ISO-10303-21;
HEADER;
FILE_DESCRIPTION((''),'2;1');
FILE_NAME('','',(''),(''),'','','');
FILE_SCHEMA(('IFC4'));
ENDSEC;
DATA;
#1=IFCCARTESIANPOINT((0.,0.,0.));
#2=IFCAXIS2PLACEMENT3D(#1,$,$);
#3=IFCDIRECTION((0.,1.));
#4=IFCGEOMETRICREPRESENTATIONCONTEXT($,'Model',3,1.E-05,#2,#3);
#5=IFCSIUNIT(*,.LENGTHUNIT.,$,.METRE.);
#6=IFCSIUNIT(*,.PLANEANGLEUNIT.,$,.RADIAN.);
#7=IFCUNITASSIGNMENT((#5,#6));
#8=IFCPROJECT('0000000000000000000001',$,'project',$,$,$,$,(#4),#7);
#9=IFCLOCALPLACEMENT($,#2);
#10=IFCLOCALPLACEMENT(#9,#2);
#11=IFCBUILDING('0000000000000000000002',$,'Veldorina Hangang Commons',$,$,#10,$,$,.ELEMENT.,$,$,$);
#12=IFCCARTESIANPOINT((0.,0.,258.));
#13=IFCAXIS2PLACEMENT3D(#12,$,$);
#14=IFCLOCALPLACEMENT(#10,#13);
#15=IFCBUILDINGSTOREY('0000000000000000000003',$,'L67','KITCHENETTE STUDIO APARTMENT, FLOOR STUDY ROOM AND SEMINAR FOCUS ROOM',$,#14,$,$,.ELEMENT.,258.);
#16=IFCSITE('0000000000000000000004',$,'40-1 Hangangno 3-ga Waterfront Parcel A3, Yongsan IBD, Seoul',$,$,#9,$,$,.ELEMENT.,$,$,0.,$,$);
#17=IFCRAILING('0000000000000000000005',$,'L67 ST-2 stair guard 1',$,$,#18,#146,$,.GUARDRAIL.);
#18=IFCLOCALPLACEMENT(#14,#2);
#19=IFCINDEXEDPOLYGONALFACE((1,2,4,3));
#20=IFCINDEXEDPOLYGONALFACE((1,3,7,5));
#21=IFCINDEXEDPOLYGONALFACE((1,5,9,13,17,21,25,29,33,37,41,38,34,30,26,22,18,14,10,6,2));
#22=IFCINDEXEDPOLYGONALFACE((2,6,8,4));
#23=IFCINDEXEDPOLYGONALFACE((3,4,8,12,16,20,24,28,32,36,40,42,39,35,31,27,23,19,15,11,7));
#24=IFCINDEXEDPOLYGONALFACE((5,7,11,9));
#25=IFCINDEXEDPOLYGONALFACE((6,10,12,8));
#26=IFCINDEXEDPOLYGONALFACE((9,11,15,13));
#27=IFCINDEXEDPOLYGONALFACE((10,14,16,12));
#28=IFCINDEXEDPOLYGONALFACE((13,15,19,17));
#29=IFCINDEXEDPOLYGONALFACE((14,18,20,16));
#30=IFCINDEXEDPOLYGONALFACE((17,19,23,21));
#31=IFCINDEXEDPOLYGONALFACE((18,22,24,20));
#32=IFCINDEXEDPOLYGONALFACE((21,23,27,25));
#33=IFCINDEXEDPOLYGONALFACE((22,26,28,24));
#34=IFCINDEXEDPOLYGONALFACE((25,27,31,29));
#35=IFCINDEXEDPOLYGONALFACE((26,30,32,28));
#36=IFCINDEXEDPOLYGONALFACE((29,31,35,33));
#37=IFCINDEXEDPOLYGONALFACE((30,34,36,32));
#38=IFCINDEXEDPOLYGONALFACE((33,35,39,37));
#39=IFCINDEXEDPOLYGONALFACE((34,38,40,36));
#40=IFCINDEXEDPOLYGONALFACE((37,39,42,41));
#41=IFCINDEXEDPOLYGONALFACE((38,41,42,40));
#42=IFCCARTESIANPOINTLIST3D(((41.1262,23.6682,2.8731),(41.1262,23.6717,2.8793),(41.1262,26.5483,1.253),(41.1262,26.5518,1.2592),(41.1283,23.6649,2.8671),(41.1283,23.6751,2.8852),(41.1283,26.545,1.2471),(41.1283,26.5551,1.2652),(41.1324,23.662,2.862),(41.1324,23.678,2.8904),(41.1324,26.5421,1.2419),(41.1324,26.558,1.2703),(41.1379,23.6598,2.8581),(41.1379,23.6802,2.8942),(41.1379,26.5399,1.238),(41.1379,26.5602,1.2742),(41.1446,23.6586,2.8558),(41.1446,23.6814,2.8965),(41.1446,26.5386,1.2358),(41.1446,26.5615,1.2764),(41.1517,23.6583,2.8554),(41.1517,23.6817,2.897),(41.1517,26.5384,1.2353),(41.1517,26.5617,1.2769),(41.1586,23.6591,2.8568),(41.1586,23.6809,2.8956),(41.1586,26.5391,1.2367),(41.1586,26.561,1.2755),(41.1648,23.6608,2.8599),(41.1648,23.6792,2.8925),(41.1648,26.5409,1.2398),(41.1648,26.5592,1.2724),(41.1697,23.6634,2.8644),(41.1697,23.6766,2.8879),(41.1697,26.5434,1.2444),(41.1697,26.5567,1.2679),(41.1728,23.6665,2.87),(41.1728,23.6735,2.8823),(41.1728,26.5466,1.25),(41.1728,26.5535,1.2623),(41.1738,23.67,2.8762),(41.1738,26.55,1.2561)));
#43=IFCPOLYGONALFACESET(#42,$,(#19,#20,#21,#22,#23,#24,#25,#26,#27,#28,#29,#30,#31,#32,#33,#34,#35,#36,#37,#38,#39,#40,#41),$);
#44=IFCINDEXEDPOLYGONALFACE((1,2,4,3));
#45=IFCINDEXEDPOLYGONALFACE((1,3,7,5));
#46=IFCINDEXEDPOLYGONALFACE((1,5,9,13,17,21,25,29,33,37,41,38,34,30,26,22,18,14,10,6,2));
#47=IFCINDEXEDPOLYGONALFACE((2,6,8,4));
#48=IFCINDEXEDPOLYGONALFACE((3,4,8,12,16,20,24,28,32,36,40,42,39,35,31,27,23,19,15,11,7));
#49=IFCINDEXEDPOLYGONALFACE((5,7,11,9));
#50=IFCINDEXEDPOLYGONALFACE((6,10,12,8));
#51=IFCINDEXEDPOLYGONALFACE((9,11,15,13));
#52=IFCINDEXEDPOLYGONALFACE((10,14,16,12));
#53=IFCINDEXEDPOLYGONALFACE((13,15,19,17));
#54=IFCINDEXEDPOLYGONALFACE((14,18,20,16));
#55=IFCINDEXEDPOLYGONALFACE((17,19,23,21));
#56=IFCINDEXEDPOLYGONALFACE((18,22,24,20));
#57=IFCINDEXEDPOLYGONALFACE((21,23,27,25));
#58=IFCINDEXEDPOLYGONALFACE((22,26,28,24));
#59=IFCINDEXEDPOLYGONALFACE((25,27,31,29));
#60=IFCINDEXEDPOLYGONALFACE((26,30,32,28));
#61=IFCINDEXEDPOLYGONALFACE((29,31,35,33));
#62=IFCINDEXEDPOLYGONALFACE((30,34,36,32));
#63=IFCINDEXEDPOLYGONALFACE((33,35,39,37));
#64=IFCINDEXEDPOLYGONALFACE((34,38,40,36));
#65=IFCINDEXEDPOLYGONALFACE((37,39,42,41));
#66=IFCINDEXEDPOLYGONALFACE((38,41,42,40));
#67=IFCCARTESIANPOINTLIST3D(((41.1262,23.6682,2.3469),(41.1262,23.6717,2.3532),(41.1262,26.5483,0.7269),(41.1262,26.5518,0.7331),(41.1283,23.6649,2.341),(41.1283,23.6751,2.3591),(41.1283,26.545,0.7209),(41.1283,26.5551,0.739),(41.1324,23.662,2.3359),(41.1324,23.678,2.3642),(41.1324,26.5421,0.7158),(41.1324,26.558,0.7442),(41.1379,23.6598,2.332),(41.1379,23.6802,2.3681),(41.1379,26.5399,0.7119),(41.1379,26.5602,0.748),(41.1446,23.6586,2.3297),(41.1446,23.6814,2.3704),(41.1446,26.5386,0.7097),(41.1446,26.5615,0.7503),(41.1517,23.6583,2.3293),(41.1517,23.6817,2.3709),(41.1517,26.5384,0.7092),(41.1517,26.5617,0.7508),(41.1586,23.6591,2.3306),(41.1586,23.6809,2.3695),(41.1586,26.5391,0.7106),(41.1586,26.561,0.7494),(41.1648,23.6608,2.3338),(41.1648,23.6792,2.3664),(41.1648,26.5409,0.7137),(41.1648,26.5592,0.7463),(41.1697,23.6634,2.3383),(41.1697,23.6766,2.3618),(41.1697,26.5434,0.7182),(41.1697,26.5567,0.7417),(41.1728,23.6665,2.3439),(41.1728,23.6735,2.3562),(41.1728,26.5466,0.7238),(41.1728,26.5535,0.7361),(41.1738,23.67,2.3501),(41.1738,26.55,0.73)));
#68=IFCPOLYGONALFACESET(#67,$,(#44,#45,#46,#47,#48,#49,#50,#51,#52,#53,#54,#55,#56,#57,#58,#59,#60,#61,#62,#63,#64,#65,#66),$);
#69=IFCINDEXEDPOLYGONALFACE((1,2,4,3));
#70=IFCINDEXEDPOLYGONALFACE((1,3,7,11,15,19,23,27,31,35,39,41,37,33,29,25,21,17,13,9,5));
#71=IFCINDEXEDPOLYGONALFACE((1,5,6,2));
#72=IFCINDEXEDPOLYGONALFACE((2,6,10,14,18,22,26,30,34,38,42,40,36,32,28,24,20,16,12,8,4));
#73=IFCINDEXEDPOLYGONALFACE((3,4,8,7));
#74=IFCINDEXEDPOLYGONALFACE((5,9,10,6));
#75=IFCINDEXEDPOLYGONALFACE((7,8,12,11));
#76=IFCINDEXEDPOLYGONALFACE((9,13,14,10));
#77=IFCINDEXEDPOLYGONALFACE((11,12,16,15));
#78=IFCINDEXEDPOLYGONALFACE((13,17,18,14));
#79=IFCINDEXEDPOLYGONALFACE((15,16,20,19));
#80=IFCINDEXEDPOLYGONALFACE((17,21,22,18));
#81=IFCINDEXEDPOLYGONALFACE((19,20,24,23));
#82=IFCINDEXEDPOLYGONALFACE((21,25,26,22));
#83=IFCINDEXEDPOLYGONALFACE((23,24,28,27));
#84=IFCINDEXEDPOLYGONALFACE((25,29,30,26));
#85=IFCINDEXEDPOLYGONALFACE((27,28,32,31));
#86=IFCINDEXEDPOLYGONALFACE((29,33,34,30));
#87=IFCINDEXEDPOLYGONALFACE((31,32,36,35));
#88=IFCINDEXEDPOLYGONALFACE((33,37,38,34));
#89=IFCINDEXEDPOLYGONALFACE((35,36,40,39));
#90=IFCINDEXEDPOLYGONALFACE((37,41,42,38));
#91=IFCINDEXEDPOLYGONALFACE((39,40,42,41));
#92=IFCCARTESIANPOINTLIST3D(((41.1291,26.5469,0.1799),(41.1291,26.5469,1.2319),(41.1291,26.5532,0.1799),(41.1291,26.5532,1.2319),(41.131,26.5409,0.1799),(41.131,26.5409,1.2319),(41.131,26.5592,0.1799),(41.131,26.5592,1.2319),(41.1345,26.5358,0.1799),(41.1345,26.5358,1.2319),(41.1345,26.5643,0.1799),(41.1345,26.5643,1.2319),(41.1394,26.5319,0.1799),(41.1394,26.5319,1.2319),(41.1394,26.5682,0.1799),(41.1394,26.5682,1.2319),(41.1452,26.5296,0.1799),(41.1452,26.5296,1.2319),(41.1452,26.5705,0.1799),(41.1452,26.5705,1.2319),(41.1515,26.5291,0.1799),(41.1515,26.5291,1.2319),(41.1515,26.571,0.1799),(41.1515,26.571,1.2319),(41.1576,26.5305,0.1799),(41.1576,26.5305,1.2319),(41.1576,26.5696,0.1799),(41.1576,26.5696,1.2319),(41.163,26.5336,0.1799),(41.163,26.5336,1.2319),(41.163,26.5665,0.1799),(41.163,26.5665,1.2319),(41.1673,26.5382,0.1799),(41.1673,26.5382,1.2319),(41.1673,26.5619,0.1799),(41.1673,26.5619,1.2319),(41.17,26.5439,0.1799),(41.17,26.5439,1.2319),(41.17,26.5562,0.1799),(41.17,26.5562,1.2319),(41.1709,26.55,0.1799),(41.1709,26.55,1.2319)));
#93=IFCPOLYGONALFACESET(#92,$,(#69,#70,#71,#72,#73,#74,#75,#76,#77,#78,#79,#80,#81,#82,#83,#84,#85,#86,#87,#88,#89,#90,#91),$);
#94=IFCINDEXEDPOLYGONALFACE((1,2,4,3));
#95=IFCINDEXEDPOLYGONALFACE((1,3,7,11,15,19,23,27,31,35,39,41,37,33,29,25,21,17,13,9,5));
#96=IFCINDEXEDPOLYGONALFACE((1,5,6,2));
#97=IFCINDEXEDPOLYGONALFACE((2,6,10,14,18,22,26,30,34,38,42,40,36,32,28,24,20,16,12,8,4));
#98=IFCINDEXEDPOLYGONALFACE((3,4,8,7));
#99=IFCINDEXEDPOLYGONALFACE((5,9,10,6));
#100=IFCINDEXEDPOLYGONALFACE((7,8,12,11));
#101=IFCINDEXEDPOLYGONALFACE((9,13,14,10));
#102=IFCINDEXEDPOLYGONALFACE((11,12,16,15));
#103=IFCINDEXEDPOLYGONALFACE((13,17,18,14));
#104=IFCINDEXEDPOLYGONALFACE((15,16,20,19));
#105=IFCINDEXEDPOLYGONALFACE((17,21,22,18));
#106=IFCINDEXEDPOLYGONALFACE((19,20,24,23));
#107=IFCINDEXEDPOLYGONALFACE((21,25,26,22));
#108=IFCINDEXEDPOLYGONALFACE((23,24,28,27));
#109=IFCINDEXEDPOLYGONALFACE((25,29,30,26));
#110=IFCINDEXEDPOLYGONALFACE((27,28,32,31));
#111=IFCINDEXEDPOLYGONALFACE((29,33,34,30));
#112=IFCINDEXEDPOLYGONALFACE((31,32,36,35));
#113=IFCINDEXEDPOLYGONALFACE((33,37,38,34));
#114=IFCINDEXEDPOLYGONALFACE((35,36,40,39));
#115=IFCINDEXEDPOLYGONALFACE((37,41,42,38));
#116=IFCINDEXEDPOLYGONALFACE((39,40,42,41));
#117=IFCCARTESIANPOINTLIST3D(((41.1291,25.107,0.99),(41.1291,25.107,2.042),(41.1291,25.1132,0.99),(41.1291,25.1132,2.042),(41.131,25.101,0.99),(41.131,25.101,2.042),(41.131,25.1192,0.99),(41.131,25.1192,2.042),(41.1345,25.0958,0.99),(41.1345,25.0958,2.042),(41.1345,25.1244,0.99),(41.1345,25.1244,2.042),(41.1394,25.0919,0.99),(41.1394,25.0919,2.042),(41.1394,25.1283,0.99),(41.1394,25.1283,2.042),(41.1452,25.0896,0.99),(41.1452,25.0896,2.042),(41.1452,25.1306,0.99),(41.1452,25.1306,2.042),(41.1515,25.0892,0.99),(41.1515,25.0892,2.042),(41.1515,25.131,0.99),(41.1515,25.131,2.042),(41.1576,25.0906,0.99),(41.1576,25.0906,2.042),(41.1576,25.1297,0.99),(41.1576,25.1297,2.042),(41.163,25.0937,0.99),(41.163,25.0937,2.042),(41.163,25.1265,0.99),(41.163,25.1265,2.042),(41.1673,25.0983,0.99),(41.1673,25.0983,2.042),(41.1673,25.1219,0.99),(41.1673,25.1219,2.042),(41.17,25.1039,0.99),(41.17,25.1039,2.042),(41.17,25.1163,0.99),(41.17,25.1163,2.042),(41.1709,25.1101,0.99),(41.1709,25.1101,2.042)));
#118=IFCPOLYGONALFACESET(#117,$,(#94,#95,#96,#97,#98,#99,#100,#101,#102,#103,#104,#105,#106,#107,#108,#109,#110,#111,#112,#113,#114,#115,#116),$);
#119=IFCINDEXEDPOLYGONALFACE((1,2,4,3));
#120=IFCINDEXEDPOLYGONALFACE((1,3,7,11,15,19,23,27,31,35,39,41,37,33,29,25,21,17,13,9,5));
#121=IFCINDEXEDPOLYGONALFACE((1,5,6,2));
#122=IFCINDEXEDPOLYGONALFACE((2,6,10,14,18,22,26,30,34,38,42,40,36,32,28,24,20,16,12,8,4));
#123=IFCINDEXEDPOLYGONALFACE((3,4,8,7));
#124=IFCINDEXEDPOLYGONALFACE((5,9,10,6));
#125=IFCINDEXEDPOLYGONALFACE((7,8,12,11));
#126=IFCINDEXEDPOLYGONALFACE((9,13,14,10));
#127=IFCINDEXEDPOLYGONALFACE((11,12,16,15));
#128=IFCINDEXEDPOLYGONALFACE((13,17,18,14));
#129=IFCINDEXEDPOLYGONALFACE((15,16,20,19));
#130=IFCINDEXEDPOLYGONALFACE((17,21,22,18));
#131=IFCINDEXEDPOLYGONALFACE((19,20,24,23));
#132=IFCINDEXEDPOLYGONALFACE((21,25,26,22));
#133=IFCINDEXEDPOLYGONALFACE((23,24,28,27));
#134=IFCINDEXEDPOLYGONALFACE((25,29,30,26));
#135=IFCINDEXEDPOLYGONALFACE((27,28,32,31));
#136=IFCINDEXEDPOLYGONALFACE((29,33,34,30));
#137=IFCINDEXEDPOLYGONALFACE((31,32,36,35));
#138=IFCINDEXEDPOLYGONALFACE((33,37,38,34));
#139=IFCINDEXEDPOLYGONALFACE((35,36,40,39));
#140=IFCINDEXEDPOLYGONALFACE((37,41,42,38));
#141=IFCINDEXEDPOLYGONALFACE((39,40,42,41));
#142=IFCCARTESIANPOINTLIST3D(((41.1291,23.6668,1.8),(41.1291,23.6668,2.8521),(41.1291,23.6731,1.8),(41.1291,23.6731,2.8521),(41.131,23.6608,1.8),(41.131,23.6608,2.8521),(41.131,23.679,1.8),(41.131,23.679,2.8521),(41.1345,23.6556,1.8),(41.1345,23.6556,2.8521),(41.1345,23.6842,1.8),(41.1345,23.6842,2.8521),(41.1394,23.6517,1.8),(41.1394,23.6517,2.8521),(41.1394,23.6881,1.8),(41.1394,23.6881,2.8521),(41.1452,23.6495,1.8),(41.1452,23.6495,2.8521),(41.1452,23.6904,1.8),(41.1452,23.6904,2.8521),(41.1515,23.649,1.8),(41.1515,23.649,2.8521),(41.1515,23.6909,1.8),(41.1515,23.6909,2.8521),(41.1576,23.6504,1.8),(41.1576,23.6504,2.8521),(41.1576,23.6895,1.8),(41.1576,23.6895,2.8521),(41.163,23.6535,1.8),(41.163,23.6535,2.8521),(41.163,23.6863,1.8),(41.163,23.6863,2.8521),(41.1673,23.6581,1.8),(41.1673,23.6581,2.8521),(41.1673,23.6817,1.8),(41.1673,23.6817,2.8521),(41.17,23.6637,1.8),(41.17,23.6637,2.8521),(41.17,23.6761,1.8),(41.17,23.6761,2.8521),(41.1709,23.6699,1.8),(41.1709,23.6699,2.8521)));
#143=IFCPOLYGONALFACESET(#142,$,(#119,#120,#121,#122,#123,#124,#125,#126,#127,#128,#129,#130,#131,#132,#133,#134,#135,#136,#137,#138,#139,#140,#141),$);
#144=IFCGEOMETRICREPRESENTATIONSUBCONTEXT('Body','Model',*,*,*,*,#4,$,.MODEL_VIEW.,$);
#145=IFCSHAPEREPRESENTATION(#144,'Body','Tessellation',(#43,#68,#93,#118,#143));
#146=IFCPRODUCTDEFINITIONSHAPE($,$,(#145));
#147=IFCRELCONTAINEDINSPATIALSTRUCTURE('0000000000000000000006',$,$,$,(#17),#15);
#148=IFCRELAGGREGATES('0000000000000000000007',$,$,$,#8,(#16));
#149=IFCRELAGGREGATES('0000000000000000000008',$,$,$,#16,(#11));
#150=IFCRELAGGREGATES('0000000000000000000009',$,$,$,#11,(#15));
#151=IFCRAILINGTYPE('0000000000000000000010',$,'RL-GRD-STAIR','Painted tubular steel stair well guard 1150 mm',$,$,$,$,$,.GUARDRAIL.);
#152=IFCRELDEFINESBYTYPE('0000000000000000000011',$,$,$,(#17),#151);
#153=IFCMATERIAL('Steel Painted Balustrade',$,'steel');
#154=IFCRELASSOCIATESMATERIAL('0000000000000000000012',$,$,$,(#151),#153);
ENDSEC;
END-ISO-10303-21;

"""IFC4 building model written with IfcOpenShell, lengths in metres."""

from ifc_helpers import new_model, si_unit, direction, frame, origin, origin_2d, place, context, subcontext, project, spatial, circle, extrude, material, type_object, element, save


model = new_model("IFC4")

# Units and contexts
model_context = context("Model", 3, precision=1e-05, world=origin(), true_north=direction((0.0, 1.0)))
body_context = subcontext(model_context, "Body", "Model", "MODEL_VIEW")
ifc_project = project(units=[si_unit("LENGTHUNIT", "METRE"), si_unit("PLANEANGLEUNIT", "RADIAN")], contexts=[model_context])

# Site, building, storey
site_placement = place(None, origin())
site = spatial("IfcSite", under=ifc_project, at=site_placement, Name="40-1 Hangangno 3-ga Waterfront Parcel A3, Yongsan IBD, Seoul", CompositionType="ELEMENT", RefElevation=0.0)
building_placement = place(site_placement, origin())
building = spatial("IfcBuilding", under=site, at=building_placement, Name="Veldorina Hangang Commons", CompositionType="ELEMENT")
storey_placement = place(building_placement, frame((0.0, 0.0, 258.0)))
storey = spatial("IfcBuildingStorey", under=building, at=storey_placement, Name="L67", Description="KITCHENETTE STUDIO APARTMENT, FLOOR STUDY ROOM AND SEMINAR FOCUS ROOM", CompositionType="ELEMENT", Elevation=258.0)

# Railing
ifc_material_1 = material(Name="Steel Painted Balustrade", Category="steel")
railing_type_1 = type_object("IfcRailingType", Name="RL-GRD-STAIR", Description="Painted tubular steel stair well guard 1150 mm", PredefinedType="GUARDRAIL", material=ifc_material_1)
railing_1_placement = place(storey_placement, frame((41.1499, 26.55, 0.1799)))
element("IfcRailing", 1, at=railing_1_placement, inside=storey, type_object=railing_type_1, Name="L67 ST-2 stair guard 1", PredefinedType="GUARDRAIL", context=body_context, shape_type="SweptSolid", body=[
    extrude(circle(Radius=0.0239, at=origin_2d()), frame((0.0, 0.0, 1.0762), z_axis=(0.0, -0.87157, 0.490272), x_axis=(1.0, 0.0, 0.0)), (0.0, 0.0, 1.0), 3.3044),
    extrude(circle(Radius=0.0239, at=origin_2d()), frame((0.0, 0.0, 0.55), z_axis=(0.0, -0.87157, 0.490272), x_axis=(1.0, 0.0, 0.0)), (0.0, 0.0, 1.0), 3.3044),
    extrude(circle(Radius=0.021, at=origin_2d()), origin(), (0.0, 0.0, 1.0), 1.052),
    extrude(circle(Radius=0.021, at=origin_2d()), frame((0.0, -1.4399, 0.8101)), (0.0, 0.0, 1.0), 1.052),
    extrude(circle(Radius=0.021, at=origin_2d()), frame((0.0, -2.8801, 1.6201)), (0.0, 0.0, 1.0), 1.052),
])

save(model, "model.ifc")
